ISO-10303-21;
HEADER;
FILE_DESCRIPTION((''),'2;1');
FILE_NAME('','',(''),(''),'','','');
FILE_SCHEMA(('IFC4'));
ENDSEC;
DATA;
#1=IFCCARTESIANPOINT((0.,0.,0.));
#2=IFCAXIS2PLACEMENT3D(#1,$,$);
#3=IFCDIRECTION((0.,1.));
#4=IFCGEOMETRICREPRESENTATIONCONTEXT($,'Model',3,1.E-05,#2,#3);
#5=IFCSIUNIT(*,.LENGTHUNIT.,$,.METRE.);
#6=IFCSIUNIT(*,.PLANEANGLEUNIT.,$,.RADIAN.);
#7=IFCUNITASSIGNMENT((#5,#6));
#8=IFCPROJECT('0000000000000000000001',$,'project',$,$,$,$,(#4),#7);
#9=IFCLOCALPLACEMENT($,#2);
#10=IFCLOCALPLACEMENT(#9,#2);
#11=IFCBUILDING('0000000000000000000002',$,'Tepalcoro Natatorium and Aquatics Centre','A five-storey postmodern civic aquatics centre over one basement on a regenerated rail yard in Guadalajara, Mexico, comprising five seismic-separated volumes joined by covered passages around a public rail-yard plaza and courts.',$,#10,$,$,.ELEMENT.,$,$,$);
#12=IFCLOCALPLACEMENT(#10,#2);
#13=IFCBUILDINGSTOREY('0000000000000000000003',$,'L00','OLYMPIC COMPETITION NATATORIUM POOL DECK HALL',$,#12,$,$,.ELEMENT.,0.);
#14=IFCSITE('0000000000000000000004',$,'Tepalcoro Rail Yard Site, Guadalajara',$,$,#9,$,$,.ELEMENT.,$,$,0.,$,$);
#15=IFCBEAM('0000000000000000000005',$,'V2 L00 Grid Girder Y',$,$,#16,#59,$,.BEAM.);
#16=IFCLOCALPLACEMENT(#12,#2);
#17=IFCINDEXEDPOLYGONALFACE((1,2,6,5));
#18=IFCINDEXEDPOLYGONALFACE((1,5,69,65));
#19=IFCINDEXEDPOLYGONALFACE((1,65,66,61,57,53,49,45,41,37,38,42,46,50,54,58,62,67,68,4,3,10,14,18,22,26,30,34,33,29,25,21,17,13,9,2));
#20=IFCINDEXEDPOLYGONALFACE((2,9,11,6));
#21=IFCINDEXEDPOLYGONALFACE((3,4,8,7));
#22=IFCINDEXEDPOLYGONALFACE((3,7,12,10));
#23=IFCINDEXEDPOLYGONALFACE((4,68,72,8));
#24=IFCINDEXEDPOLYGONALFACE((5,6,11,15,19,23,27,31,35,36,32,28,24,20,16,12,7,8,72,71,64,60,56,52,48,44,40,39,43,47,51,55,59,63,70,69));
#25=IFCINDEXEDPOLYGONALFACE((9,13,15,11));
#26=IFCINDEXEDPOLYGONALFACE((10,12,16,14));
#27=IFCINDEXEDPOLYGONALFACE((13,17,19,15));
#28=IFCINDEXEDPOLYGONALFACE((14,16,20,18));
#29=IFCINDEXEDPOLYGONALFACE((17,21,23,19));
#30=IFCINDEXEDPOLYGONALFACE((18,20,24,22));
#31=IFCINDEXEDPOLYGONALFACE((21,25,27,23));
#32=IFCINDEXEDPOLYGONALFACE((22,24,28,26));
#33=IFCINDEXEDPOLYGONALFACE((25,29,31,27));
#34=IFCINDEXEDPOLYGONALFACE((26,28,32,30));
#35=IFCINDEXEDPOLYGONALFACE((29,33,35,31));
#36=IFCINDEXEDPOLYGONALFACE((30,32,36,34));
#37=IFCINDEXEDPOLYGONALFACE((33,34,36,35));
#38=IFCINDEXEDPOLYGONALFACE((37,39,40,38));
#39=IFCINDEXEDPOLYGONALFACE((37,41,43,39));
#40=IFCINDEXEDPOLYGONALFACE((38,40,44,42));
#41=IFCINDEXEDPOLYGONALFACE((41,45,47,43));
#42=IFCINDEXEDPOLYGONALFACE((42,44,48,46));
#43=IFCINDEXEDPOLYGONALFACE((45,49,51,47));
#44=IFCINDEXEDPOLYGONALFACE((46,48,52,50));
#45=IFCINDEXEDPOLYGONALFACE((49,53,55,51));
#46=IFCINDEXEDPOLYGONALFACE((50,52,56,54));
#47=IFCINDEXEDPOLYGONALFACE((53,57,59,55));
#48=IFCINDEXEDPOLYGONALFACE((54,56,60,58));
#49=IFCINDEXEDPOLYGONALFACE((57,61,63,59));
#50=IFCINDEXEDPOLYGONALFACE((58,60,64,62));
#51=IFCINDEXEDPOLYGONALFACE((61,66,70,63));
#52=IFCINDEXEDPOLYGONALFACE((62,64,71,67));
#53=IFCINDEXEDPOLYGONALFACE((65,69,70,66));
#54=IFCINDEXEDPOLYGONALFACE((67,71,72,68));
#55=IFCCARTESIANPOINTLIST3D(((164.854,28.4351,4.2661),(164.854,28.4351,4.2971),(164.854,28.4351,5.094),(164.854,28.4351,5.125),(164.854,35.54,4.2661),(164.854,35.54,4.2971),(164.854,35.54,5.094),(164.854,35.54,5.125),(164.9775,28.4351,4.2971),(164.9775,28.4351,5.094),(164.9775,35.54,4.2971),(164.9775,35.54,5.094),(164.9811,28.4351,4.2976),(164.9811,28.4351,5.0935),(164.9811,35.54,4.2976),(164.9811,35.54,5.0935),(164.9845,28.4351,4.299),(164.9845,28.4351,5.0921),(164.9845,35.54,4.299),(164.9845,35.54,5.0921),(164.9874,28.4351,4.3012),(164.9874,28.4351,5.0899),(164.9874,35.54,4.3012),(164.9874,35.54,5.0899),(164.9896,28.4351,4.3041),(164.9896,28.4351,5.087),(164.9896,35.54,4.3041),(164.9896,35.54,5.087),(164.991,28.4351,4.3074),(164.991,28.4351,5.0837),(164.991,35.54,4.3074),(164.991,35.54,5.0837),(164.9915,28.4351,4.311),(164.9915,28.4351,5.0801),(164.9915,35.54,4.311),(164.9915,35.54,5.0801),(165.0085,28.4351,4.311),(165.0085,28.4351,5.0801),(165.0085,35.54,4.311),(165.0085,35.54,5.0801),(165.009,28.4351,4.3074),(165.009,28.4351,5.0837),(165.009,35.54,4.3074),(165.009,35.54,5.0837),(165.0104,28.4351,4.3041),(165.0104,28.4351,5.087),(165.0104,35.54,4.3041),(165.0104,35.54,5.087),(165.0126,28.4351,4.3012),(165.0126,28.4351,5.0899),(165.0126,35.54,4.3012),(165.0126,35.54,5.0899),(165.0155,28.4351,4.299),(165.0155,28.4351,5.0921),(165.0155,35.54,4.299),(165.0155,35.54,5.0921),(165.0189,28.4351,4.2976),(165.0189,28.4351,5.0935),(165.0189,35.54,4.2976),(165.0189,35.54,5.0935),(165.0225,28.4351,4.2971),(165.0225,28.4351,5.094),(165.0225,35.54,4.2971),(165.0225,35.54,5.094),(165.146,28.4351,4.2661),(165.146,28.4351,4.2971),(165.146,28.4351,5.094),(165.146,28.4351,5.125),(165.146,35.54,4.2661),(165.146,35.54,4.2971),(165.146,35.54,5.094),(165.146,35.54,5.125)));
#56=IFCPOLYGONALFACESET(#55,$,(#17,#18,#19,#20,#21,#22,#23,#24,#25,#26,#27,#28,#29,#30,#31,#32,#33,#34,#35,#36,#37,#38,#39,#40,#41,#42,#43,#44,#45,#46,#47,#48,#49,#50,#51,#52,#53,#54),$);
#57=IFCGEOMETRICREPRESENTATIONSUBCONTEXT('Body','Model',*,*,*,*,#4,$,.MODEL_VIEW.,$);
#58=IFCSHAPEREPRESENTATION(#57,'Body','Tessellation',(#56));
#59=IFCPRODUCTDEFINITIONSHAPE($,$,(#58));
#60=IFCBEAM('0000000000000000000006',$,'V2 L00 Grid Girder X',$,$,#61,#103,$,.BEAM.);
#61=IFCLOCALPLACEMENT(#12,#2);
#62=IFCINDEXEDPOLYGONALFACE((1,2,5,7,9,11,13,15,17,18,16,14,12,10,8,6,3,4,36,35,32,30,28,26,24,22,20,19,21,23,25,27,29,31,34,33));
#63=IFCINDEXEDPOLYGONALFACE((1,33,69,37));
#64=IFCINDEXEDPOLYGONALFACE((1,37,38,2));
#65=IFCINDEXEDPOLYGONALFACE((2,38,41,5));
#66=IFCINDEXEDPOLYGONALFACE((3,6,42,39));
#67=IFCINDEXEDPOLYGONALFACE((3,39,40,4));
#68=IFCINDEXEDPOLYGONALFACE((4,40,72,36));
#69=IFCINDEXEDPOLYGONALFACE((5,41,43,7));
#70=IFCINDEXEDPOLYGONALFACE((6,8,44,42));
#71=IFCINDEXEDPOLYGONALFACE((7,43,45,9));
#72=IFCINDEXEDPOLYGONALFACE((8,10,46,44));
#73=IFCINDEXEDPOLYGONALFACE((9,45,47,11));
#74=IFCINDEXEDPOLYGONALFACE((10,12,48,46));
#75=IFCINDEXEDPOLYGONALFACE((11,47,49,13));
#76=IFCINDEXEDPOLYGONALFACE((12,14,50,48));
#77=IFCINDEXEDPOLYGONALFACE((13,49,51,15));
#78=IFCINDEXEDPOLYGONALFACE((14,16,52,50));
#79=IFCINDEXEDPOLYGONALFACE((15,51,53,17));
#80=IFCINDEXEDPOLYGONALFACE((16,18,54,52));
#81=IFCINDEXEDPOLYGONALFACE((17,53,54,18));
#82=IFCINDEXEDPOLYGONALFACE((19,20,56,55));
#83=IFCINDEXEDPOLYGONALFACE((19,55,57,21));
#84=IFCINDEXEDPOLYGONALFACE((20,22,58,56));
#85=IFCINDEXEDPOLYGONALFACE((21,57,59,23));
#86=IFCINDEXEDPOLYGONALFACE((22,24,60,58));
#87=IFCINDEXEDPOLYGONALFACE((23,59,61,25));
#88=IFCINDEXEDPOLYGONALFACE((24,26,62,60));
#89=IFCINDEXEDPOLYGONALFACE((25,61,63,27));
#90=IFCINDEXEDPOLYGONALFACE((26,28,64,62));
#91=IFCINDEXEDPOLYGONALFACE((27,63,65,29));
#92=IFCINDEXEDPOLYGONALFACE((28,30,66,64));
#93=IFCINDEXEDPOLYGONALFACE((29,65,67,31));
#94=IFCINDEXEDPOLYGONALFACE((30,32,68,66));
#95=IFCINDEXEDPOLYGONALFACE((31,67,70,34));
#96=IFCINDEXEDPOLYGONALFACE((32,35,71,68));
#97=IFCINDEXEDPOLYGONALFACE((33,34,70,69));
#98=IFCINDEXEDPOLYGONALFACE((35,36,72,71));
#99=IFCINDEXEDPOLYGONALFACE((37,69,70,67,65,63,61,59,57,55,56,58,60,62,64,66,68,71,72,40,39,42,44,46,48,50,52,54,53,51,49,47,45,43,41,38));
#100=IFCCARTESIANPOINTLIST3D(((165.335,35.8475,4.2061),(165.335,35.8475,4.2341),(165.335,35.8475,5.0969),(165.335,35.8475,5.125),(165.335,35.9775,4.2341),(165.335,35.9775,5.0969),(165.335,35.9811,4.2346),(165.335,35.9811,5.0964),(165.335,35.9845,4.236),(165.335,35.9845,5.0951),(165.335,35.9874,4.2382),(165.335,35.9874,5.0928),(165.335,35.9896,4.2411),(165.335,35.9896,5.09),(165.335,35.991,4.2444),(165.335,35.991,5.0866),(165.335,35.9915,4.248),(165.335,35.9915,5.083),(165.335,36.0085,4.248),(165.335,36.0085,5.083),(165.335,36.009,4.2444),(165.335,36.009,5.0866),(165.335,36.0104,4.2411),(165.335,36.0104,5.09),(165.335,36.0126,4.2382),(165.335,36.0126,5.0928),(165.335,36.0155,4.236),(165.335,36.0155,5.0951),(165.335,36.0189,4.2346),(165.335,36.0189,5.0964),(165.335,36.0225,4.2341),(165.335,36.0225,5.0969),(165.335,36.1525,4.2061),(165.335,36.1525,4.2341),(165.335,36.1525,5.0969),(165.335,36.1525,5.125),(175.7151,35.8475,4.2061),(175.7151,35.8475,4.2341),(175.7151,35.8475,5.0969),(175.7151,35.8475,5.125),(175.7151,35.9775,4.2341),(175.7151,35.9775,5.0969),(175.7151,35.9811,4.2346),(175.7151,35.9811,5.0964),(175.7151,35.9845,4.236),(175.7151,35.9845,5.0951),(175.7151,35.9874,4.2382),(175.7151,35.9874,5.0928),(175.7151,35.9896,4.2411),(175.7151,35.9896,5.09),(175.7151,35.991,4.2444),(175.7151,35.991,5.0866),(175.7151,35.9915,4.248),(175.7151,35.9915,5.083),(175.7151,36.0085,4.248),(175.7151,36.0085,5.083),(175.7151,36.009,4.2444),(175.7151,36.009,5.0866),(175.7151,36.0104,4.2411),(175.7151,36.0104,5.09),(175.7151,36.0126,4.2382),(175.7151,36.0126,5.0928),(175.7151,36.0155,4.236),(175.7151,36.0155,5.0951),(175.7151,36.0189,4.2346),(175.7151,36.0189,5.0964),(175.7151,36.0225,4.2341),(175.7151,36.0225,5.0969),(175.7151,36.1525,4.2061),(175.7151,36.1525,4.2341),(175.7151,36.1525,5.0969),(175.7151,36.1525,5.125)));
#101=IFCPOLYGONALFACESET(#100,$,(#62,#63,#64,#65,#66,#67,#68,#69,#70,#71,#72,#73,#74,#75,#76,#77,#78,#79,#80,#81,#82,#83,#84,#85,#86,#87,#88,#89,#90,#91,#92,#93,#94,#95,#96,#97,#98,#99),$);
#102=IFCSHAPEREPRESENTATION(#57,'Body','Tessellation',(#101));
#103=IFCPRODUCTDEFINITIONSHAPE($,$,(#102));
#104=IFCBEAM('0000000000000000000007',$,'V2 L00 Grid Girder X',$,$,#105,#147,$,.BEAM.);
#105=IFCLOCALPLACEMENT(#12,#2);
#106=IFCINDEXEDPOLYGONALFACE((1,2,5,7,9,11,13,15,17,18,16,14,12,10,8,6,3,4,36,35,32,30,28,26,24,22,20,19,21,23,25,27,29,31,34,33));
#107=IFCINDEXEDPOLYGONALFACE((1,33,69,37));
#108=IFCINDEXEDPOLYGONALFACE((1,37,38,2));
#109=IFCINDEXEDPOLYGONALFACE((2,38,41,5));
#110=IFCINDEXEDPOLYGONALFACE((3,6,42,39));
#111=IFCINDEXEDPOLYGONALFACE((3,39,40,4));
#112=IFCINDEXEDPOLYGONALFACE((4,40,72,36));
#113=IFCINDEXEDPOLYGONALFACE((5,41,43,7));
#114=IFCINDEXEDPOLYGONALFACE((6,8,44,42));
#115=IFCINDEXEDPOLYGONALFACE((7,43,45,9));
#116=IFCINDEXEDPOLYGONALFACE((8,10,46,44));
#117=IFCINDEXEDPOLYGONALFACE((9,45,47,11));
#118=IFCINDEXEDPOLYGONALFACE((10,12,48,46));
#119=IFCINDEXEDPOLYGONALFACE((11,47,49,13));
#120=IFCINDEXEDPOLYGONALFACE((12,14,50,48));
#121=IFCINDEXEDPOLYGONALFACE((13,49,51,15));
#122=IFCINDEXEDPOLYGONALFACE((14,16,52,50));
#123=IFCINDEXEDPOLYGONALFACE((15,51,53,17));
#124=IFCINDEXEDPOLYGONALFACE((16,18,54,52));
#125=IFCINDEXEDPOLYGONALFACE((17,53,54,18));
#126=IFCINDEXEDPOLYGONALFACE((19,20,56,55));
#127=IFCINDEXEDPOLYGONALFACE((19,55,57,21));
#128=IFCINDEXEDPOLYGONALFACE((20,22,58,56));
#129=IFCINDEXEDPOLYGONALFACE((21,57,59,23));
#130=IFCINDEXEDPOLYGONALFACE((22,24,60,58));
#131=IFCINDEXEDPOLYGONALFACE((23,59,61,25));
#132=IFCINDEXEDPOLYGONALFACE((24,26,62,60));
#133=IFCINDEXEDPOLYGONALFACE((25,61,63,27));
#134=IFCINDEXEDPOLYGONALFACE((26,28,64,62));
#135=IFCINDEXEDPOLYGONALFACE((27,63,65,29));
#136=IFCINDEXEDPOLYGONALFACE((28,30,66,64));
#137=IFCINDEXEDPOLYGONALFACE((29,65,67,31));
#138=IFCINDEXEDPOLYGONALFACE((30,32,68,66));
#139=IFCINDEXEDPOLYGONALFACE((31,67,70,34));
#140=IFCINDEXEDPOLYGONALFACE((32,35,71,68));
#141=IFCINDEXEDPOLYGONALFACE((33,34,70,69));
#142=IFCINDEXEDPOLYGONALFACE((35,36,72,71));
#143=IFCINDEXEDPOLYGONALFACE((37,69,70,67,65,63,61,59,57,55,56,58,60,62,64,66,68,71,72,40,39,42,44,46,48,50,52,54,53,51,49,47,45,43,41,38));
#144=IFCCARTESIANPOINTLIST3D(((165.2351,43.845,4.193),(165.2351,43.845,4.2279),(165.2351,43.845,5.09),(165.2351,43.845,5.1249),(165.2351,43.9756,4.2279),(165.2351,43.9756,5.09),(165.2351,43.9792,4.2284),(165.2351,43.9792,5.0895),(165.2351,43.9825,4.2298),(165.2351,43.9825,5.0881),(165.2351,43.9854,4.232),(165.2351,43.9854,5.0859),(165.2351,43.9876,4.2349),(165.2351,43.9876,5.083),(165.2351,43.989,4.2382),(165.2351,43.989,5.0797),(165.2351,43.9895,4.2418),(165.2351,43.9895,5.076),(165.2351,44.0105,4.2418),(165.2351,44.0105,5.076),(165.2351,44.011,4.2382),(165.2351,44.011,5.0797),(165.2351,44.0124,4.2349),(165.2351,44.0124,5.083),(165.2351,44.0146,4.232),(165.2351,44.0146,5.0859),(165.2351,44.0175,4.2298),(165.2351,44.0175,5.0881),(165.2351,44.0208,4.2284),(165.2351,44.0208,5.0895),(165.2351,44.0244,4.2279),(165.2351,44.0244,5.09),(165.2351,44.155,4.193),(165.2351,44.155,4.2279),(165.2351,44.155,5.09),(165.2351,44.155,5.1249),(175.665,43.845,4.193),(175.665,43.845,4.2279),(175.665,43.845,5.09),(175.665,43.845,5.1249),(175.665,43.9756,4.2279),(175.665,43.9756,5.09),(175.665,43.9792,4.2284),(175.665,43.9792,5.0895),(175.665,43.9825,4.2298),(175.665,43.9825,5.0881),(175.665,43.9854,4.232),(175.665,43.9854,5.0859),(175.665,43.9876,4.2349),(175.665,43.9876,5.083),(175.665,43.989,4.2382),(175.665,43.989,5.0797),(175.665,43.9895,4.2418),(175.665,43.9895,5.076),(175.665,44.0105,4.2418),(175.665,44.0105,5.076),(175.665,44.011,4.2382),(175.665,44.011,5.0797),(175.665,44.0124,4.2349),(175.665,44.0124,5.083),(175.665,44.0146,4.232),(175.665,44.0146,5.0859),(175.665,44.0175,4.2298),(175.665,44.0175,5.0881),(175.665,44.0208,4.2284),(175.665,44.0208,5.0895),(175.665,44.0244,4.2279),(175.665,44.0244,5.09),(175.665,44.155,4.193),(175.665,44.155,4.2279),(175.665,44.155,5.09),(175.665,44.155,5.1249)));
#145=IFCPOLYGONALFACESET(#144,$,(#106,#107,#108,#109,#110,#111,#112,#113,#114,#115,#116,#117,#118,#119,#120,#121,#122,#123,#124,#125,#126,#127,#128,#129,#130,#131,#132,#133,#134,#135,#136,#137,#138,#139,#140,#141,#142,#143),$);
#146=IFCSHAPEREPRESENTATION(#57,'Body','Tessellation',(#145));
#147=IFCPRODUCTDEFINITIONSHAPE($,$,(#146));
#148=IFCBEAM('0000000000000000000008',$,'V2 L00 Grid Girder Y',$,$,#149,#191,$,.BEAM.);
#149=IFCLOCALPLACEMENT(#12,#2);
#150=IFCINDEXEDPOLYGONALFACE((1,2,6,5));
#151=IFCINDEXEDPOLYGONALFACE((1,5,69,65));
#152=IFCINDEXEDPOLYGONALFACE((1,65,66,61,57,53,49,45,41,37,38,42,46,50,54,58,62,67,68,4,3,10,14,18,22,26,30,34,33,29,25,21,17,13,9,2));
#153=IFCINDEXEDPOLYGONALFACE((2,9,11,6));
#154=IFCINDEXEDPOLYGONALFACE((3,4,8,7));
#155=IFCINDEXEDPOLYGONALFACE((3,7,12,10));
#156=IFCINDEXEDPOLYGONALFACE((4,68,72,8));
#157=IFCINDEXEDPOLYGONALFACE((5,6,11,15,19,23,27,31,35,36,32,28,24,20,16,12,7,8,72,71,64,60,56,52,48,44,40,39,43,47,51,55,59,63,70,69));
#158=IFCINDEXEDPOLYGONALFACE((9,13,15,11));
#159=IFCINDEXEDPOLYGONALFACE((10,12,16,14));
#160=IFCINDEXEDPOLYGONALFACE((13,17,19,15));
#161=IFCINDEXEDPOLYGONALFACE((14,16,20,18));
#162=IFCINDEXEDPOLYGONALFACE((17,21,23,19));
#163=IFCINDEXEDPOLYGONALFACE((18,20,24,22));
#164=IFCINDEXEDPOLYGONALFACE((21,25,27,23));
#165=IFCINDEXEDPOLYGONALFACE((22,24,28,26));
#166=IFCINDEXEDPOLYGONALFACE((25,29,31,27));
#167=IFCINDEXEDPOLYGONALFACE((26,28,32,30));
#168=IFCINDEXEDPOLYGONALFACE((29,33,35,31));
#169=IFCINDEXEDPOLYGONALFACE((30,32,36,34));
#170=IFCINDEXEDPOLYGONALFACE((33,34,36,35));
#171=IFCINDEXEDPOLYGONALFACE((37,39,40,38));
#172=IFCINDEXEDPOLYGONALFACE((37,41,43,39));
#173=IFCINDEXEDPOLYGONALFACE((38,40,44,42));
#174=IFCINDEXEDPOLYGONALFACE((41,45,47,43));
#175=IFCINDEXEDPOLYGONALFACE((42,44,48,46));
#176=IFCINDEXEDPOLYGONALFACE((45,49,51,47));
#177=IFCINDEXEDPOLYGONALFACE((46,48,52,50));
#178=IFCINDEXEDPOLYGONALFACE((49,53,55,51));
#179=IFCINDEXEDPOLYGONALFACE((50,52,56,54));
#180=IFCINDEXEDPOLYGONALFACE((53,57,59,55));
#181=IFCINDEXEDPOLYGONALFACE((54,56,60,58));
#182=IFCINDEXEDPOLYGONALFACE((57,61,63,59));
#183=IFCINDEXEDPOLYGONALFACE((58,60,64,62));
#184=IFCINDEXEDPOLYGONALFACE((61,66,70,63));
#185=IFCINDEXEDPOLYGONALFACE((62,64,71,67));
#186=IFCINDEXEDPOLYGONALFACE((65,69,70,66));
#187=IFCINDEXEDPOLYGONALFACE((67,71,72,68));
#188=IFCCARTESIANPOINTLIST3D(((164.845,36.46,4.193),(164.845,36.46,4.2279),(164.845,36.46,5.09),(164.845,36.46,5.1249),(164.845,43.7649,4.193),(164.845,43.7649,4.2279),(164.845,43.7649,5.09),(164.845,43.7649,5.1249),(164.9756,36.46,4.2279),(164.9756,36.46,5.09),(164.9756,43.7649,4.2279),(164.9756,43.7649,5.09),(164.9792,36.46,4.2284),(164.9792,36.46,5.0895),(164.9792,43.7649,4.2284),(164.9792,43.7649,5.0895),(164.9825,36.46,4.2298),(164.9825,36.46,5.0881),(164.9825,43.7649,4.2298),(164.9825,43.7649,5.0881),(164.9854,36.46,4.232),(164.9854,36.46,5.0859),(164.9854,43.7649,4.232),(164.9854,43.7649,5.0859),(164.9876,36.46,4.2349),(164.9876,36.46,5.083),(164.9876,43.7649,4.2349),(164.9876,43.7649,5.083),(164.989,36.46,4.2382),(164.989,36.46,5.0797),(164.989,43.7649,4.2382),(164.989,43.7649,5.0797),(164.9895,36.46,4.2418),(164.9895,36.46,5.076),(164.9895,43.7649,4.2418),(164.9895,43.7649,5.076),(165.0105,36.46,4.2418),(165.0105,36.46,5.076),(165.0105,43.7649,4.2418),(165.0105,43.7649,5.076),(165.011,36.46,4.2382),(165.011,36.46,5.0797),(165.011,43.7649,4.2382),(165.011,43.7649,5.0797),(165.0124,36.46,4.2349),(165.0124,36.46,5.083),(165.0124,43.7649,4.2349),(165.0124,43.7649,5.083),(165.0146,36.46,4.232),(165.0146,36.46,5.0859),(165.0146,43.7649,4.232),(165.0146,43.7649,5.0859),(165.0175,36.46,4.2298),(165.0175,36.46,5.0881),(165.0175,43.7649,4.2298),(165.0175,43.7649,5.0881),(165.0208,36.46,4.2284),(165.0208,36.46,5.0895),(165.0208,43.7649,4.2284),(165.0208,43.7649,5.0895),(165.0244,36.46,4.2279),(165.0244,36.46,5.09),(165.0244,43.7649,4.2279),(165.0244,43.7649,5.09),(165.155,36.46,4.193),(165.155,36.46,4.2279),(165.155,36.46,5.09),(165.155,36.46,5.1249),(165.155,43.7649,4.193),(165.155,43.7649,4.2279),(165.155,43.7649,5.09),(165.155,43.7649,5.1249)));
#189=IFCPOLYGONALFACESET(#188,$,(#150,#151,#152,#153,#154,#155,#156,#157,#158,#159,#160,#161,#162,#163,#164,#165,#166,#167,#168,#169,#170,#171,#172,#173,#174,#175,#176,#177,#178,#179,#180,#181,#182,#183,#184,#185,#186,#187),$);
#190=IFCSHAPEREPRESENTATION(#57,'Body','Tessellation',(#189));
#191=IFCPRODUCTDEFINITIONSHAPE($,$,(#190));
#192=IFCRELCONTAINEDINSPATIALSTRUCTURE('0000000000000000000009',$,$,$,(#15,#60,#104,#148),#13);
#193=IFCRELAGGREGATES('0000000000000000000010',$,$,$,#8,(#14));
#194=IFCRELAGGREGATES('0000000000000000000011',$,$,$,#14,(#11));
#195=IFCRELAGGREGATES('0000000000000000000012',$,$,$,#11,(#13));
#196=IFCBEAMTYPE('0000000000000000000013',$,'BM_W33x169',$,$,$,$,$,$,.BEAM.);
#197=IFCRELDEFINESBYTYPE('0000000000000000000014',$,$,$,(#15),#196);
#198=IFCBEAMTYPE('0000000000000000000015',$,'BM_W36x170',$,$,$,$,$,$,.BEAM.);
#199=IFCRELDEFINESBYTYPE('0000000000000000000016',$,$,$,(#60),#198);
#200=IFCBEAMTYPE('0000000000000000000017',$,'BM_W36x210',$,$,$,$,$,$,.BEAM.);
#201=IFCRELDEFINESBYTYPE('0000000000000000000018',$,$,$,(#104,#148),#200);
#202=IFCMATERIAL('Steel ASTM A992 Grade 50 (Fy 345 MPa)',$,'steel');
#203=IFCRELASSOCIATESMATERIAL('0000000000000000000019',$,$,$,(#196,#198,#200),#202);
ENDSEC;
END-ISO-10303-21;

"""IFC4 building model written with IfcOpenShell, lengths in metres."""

from ifc_helpers import new_model, si_unit, direction, frame, origin, origin_2d, place, context, subcontext, project, spatial, i_section, extrude, material, material_profile, profile_set, type_object, element, save


model = new_model("IFC4")

# Units and contexts
model_context = context("Model", 3, precision=1e-05, world=origin(), true_north=direction((0.0, 1.0)))
body_context = subcontext(model_context, "Body", "Model", "MODEL_VIEW")
ifc_project = project(units=[si_unit("LENGTHUNIT", "METRE"), si_unit("PLANEANGLEUNIT", "RADIAN")], contexts=[model_context])

# Site, building, storey
site_placement = place(None, origin())
site = spatial("IfcSite", under=ifc_project, at=site_placement, Name="Tepalcoro Rail Yard Site, Guadalajara", CompositionType="ELEMENT", RefElevation=0.0)
building_placement = place(site_placement, origin())
building = spatial("IfcBuilding", under=site, at=building_placement, Name="Tepalcoro Natatorium and Aquatics Centre", Description="A five-storey postmodern civic aquatics centre over one basement on a regenerated rail yard in Guadalajara, Mexico, comprising five seismic-separated volumes joined by covered passages around a public rail-yard plaza and courts.", CompositionType="ELEMENT")
storey_placement = place(building_placement, origin())
storey = spatial("IfcBuildingStorey", under=building, at=storey_placement, Name="L00", Description="OLYMPIC COMPETITION NATATORIUM POOL DECK HALL", CompositionType="ELEMENT", Elevation=0.0)

# Beams
ifc_material_1 = material(Name="Steel ASTM A992 Grade 50 (Fy 345 MPa)", Category="steel")
ifc_material_profile_1 = material_profile(ifc_material_1, i_section(OverallWidth=0.292, OverallDepth=0.8589, WebThickness=0.0171, FlangeThickness=0.031, FilletRadius=0.0139, at=origin_2d()), Name="W33X169")
ifc_profile_set_1 = profile_set([ifc_material_profile_1], Name="Steel ASTM A992 Grade 50 (Fy 345 MPa)")
beam_type_1 = type_object("IfcBeamType", Name="BM_W33x169", PredefinedType="BEAM", material=ifc_profile_set_1)
beam_1_placement = place(storey_placement, frame((165.0, 28.4351, 4.6956), z_axis=(0.0, 1.0, 0.0), x_axis=(-1.0, 0.0, 0.0)))
element("IfcBeam", 1, at=beam_1_placement, inside=storey, type_object=beam_type_1, Name="V2 L00 Grid Girder Y", PredefinedType="BEAM", context=body_context, shape_type="SweptSolid", body=[
    extrude(i_section(OverallWidth=0.292, OverallDepth=0.8589, WebThickness=0.0171, FlangeThickness=0.031, FilletRadius=0.0139, at=origin_2d()), origin(), (0.0, 0.0, 1.0), 7.105),
])
ifc_material_profile_2 = material_profile(ifc_material_1, i_section(OverallWidth=0.3049, OverallDepth=0.9189, WebThickness=0.0171, FlangeThickness=0.0281, FilletRadius=0.0139, at=origin_2d()), Name="W36X170")
ifc_profile_set_2 = profile_set([ifc_material_profile_2], Name="Steel ASTM A992 Grade 50 (Fy 345 MPa)")
beam_type_2 = type_object("IfcBeamType", Name="BM_W36x170", PredefinedType="BEAM", material=ifc_profile_set_2)
beam_2_placement = place(storey_placement, frame((165.335, 36.0, 4.6655), z_axis=(1.0, 0.0, 0.0), x_axis=(0.0, 1.0, 0.0)))
element("IfcBeam", 2, at=beam_2_placement, inside=storey, type_object=beam_type_2, Name="V2 L00 Grid Girder X", PredefinedType="BEAM", context=body_context, shape_type="SweptSolid", body=[
    extrude(i_section(OverallWidth=0.3049, OverallDepth=0.9189, WebThickness=0.0171, FlangeThickness=0.0281, FilletRadius=0.0139, at=origin_2d()), origin(), (0.0, 0.0, 1.0), 10.3801),
])
ifc_material_profile_3 = material_profile(ifc_material_1, i_section(OverallWidth=0.3101, OverallDepth=0.9319, WebThickness=0.021, FlangeThickness=0.0349, FilletRadius=0.0139, at=origin_2d()), Name="W36X210")
ifc_profile_set_3 = profile_set([ifc_material_profile_3], Name="Steel ASTM A992 Grade 50 (Fy 345 MPa)")
beam_type_3 = type_object("IfcBeamType", Name="BM_W36x210", PredefinedType="BEAM", material=ifc_profile_set_3)
beam_3_placement = place(storey_placement, frame((165.2351, 44.0, 4.6589), z_axis=(1.0, 0.0, 0.0), x_axis=(0.0, 1.0, 0.0)))
element("IfcBeam", 3, at=beam_3_placement, inside=storey, type_object=beam_type_3, Name="V2 L00 Grid Girder X", PredefinedType="BEAM", context=body_context, shape_type="SweptSolid", body=[
    extrude(i_section(OverallWidth=0.3101, OverallDepth=0.9319, WebThickness=0.021, FlangeThickness=0.0349, FilletRadius=0.0139, at=origin_2d()), origin(), (0.0, 0.0, 1.0), 10.4299),
])
beam_4_placement = place(storey_placement, frame((165.0, 36.46, 4.6589), z_axis=(0.0, 1.0, 0.0), x_axis=(-1.0, 0.0, 0.0)))
element("IfcBeam", 4, at=beam_4_placement, inside=storey, type_object=beam_type_3, Name="V2 L00 Grid Girder Y", PredefinedType="BEAM", context=body_context, shape_type="SweptSolid", body=[
    extrude(i_section(OverallWidth=0.3101, OverallDepth=0.9319, WebThickness=0.021, FlangeThickness=0.0349, FilletRadius=0.0139, at=origin_2d()), origin(), (0.0, 0.0, 1.0), 7.3049),
])

save(model, "model.ifc")
